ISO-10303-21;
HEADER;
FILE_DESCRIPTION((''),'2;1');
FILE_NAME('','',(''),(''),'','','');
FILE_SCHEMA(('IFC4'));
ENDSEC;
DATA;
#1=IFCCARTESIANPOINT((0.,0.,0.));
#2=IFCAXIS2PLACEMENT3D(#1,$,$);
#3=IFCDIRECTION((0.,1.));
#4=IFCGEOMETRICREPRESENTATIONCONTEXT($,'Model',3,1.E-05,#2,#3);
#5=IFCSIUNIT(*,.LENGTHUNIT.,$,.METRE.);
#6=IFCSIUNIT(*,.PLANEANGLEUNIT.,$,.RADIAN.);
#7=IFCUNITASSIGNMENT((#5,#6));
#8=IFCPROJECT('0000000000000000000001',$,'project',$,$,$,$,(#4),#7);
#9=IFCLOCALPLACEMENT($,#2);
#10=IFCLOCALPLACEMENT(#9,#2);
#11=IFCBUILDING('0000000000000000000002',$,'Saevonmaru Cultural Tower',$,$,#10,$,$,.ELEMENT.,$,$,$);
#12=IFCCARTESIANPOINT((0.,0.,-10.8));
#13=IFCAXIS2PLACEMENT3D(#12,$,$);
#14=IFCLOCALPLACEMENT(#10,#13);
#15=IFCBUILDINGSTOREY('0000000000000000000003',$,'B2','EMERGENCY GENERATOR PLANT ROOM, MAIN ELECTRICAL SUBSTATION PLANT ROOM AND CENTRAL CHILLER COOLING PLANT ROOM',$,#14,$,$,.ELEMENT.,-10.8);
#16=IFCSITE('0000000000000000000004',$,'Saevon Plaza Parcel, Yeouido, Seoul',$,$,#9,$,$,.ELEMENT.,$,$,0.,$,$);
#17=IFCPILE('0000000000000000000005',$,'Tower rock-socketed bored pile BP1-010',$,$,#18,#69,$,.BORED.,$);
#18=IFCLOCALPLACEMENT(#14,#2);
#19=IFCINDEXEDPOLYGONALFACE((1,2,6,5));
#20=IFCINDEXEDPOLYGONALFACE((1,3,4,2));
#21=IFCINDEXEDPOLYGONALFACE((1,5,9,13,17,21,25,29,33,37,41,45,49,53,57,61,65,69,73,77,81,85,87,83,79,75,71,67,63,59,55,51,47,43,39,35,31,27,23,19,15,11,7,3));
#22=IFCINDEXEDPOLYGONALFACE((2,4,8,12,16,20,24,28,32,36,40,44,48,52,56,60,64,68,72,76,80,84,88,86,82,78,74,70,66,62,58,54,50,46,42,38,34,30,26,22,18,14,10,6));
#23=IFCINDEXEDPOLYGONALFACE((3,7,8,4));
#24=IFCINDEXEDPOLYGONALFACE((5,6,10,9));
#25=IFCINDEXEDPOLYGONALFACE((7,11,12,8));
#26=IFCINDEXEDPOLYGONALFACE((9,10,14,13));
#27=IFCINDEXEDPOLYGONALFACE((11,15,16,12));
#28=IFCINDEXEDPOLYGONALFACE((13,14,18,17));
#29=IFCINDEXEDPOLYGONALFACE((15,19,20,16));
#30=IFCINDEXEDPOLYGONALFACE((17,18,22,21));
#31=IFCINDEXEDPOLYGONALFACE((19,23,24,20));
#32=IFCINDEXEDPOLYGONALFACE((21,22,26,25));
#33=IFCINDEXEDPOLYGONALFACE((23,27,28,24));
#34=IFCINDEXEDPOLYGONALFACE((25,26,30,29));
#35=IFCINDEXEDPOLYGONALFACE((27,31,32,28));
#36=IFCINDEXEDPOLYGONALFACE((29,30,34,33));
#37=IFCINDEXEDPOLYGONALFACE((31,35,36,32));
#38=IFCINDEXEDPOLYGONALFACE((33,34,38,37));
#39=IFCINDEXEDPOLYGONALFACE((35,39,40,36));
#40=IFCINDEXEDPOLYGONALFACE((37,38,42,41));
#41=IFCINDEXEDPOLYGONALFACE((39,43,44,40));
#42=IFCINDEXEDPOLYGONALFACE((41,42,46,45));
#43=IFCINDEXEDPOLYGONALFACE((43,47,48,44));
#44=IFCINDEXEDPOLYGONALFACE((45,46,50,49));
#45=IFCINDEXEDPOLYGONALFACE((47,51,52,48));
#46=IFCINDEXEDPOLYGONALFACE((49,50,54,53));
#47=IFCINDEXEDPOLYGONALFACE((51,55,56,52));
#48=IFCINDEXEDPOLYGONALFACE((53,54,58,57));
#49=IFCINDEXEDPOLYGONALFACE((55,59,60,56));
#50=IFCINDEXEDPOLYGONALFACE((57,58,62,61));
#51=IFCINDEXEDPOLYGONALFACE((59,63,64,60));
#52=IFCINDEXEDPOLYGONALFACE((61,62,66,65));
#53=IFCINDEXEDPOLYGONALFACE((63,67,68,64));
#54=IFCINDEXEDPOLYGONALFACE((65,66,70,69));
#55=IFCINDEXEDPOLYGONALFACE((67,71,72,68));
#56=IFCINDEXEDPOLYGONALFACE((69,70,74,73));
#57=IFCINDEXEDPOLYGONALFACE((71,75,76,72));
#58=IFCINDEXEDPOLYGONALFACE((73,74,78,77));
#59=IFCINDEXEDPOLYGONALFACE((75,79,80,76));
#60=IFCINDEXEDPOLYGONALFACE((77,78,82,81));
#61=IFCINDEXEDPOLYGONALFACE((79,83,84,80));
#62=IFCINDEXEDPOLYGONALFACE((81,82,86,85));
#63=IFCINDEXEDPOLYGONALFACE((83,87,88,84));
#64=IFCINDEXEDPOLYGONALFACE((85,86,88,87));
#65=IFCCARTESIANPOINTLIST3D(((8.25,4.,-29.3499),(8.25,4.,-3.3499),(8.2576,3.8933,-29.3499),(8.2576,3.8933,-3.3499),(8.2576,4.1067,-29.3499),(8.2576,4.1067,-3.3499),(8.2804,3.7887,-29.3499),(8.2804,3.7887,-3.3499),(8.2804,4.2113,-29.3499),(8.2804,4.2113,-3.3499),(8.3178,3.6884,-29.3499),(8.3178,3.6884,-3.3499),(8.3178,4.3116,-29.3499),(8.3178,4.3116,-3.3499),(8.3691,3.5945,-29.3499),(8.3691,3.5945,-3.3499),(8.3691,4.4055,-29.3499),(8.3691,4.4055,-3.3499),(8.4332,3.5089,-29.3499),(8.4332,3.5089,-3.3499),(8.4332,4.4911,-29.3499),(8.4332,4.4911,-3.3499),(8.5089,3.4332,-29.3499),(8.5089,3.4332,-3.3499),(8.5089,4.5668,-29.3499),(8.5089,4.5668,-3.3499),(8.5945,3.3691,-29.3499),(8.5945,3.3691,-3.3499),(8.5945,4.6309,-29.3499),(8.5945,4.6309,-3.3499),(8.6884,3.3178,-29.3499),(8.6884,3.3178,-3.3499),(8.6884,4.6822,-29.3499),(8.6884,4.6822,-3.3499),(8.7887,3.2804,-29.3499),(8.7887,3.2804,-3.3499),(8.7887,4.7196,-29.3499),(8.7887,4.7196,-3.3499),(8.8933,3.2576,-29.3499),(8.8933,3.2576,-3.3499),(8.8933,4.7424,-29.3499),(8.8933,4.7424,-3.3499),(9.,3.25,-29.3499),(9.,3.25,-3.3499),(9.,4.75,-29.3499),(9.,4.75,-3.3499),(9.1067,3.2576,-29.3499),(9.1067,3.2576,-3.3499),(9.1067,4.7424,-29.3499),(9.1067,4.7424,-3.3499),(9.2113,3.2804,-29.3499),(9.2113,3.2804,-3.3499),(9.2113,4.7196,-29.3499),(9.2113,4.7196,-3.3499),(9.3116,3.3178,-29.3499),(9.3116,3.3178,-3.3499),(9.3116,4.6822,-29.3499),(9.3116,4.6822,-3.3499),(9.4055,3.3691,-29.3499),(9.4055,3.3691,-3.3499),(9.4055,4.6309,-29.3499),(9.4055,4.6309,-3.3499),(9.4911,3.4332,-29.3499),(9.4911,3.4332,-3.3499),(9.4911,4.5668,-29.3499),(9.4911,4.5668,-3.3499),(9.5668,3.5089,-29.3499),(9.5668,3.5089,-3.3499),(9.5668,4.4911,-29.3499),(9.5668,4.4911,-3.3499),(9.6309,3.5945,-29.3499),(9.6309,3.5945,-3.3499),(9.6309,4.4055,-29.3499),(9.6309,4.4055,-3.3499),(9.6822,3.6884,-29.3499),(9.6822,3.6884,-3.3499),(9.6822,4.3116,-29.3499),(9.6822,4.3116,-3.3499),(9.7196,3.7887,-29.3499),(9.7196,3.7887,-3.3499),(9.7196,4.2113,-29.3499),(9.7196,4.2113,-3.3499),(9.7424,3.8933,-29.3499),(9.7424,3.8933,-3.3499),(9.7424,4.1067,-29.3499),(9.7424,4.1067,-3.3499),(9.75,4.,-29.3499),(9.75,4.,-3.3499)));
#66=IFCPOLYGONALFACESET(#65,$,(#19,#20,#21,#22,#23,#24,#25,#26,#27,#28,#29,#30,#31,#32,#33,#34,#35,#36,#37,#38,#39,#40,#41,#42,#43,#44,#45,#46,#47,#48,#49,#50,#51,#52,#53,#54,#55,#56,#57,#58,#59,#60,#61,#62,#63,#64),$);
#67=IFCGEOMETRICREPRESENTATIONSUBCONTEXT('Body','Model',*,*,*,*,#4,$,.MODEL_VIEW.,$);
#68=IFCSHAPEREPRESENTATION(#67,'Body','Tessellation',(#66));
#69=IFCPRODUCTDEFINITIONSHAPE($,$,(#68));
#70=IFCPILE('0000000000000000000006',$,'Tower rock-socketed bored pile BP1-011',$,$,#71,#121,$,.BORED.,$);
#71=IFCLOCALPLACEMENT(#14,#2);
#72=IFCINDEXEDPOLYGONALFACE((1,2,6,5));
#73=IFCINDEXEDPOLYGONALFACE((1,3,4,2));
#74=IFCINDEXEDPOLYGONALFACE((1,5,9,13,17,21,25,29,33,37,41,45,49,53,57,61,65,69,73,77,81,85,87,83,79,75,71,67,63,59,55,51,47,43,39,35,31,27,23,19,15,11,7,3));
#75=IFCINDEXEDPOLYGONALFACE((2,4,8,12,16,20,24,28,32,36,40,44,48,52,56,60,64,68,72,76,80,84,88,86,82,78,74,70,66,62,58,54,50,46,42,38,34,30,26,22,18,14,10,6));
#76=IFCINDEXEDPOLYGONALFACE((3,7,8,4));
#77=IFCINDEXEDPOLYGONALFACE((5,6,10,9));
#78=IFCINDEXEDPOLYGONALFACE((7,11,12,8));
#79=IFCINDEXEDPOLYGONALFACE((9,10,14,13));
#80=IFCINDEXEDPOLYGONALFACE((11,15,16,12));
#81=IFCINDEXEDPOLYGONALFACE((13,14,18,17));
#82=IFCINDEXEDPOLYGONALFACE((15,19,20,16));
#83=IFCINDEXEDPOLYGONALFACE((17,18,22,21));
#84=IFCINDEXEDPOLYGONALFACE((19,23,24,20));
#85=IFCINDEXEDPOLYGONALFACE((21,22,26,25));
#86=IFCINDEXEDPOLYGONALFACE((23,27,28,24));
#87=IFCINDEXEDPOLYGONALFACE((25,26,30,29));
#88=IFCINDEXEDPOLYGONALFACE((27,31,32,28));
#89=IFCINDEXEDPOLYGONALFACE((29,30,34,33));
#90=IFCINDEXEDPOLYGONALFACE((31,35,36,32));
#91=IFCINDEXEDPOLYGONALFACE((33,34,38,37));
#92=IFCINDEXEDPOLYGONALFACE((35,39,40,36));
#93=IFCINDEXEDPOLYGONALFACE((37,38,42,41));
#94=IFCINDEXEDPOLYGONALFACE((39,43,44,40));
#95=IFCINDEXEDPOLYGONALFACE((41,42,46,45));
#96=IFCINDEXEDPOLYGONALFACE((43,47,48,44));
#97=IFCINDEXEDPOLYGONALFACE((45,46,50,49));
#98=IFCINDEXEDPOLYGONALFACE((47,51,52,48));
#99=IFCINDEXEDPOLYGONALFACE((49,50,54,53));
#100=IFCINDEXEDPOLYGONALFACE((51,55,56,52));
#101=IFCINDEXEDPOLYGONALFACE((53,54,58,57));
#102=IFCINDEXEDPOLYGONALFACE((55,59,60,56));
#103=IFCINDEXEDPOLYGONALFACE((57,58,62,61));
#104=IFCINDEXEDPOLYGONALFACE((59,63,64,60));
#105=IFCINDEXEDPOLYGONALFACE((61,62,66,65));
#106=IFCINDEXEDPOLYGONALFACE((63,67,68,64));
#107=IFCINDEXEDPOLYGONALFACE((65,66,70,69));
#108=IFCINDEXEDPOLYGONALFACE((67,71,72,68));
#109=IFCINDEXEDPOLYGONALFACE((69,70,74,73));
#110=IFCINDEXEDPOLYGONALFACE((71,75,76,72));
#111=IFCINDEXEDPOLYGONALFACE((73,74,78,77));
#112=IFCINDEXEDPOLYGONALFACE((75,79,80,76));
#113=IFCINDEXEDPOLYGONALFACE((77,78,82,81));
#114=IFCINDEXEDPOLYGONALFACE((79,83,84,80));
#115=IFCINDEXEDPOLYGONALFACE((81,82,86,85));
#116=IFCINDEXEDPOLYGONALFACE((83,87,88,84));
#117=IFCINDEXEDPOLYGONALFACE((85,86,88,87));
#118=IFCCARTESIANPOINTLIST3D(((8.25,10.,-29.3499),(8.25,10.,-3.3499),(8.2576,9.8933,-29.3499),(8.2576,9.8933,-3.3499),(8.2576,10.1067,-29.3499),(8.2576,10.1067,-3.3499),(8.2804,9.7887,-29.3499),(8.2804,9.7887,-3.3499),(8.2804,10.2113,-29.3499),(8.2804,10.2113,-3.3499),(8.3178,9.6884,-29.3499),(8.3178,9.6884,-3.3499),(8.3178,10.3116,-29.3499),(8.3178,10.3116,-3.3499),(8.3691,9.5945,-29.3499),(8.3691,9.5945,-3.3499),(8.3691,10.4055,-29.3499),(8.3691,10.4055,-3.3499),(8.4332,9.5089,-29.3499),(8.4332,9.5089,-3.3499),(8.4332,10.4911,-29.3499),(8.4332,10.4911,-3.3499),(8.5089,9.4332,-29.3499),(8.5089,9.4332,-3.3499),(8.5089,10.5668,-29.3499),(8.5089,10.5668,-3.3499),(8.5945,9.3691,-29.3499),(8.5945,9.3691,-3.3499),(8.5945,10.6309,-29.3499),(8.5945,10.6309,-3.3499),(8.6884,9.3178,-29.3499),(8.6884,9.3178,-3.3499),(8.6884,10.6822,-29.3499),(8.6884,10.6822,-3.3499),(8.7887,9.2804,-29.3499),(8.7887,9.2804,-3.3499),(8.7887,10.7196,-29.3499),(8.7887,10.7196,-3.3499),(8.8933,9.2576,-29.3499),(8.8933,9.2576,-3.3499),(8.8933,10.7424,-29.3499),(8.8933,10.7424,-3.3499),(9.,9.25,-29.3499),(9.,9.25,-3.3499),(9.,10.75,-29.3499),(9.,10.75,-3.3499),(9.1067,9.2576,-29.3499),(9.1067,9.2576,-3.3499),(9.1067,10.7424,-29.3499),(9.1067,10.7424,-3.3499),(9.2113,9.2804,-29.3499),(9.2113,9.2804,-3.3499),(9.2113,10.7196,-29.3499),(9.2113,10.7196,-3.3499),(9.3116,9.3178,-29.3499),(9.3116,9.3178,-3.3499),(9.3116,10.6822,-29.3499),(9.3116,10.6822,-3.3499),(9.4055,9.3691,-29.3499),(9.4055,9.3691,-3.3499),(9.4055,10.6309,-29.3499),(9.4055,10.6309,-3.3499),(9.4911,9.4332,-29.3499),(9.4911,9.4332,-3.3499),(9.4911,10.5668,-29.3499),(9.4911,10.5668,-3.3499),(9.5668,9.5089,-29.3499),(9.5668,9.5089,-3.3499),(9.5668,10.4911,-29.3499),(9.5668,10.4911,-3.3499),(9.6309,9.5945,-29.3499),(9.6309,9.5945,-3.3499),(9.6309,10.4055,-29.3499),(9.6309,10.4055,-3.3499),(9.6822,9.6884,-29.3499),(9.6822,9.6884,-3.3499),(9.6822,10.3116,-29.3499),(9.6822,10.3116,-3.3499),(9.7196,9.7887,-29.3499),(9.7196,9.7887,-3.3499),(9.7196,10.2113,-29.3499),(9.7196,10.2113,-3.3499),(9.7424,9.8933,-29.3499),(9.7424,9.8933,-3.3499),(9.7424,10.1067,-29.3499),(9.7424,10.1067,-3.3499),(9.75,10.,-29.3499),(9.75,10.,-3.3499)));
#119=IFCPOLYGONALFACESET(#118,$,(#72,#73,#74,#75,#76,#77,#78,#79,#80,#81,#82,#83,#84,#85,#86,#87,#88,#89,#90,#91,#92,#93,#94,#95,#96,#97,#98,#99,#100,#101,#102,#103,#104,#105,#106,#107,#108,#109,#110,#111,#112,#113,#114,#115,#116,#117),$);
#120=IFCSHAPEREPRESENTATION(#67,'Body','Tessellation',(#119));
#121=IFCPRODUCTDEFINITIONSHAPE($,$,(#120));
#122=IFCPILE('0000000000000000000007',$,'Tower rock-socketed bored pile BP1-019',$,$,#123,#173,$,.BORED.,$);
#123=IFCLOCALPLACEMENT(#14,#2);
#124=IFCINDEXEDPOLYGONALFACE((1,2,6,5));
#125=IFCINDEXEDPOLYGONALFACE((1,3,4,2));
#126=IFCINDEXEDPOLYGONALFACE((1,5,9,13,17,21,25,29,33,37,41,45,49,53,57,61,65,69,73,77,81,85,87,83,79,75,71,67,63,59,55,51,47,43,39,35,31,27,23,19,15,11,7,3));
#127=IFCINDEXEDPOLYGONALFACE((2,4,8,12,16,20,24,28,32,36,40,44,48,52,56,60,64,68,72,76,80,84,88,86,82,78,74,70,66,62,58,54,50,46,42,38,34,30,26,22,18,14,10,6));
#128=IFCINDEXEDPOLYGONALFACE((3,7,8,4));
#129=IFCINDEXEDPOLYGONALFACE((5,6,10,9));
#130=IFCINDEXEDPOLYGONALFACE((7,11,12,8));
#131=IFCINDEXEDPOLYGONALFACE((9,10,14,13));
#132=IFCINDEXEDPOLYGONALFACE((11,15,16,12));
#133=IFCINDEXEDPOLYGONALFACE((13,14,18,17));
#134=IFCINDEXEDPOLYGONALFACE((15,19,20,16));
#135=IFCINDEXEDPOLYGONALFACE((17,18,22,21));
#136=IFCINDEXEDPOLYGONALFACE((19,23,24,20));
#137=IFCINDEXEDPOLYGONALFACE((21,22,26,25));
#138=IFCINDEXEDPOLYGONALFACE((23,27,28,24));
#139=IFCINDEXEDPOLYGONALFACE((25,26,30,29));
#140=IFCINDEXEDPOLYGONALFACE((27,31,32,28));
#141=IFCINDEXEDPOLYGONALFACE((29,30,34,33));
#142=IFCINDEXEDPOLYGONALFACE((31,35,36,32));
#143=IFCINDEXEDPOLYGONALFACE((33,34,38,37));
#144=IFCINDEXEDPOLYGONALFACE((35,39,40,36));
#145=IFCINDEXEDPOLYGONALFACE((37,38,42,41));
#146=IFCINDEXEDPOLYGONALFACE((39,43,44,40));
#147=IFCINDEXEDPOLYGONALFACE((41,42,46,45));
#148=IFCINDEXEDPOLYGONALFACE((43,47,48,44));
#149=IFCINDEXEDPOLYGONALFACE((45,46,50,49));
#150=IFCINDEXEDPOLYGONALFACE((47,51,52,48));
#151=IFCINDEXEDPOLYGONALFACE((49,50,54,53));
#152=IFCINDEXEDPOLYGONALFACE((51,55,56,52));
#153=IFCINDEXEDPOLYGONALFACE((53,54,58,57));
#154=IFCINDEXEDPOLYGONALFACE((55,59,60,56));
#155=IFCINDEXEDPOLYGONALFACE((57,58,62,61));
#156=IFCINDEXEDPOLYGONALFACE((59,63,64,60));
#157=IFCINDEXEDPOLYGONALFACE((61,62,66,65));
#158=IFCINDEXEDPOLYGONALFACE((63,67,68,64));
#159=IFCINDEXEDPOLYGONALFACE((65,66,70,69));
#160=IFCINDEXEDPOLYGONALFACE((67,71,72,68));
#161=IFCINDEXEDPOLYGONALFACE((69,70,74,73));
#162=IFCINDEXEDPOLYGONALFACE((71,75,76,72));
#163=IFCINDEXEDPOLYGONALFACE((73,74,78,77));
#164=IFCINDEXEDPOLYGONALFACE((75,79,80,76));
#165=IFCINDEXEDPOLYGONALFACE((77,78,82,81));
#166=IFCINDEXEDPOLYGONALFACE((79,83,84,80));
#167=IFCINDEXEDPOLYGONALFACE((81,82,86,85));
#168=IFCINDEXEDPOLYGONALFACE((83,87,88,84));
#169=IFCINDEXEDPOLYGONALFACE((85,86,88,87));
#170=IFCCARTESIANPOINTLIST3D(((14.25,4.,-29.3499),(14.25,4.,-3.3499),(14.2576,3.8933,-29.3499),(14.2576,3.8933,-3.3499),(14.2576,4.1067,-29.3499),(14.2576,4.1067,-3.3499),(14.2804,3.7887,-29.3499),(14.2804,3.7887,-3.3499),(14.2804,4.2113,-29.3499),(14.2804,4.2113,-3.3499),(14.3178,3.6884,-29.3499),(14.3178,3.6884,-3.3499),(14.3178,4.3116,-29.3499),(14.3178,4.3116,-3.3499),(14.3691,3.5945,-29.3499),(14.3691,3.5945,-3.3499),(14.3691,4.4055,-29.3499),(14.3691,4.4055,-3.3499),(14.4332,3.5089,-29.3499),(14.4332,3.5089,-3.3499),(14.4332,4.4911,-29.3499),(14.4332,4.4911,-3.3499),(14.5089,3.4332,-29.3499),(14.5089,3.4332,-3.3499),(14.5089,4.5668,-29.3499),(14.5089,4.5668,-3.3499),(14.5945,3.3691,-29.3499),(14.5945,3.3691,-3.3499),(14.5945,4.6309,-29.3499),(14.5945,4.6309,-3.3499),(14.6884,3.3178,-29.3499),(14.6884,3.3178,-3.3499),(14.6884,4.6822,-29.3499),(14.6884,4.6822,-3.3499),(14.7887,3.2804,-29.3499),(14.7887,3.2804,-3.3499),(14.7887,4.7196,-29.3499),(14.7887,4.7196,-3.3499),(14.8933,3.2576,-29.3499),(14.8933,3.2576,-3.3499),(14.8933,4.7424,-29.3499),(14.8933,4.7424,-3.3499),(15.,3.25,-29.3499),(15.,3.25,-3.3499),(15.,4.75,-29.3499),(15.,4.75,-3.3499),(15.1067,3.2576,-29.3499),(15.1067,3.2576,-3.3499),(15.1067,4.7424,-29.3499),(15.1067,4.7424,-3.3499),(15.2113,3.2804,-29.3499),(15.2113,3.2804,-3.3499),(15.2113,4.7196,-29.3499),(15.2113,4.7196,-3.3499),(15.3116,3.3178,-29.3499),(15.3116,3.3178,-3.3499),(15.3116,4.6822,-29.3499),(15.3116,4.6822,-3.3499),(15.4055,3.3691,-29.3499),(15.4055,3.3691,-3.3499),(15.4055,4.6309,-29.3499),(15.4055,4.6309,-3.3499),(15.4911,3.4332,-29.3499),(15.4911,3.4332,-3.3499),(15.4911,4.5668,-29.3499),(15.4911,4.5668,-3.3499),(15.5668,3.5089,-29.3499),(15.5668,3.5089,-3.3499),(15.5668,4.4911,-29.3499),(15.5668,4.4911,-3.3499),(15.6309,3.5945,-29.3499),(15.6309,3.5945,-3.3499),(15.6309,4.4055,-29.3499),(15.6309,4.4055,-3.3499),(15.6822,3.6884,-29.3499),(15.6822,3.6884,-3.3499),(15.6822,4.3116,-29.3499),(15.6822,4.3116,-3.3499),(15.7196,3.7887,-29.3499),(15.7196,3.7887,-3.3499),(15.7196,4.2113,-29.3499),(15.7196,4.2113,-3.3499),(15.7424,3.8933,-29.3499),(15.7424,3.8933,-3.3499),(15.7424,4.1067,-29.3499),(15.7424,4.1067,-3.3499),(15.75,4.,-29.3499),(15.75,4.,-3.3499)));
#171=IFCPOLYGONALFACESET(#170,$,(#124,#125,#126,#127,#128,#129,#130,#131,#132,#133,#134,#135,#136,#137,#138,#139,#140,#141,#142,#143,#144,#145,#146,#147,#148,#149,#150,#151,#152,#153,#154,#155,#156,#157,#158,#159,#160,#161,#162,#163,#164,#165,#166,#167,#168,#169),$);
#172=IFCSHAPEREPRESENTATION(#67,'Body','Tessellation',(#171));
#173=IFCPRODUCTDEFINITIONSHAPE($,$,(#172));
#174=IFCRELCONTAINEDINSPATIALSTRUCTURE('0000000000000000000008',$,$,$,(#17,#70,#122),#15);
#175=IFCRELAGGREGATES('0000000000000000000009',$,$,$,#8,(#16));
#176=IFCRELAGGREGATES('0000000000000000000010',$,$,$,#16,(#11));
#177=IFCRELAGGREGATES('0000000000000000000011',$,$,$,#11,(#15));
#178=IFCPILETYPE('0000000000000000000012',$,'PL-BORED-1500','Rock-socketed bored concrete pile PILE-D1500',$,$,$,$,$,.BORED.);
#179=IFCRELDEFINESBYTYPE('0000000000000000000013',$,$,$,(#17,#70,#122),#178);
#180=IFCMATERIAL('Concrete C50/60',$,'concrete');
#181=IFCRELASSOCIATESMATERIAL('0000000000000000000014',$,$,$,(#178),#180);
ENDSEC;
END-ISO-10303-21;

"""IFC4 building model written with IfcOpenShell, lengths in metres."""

from ifc_helpers import new_model, si_unit, direction, frame, origin, origin_2d, place, context, subcontext, project, spatial, circle, extrude, material, material_profile, profile_set, type_object, element, save


model = new_model("IFC4")

# Units and contexts
model_context = context("Model", 3, precision=1e-05, world=origin(), true_north=direction((0.0, 1.0)))
body_context = subcontext(model_context, "Body", "Model", "MODEL_VIEW")
ifc_project = project(units=[si_unit("LENGTHUNIT", "METRE"), si_unit("PLANEANGLEUNIT", "RADIAN")], contexts=[model_context])

# Site, building, storey
site_placement = place(None, origin())
site = spatial("IfcSite", under=ifc_project, at=site_placement, Name="Saevon Plaza Parcel, Yeouido, Seoul", CompositionType="ELEMENT", RefElevation=0.0)
building_placement = place(site_placement, origin())
building = spatial("IfcBuilding", under=site, at=building_placement, Name="Saevonmaru Cultural Tower", CompositionType="ELEMENT")
storey_placement = place(building_placement, frame((0.0, 0.0, -10.8)))
storey = spatial("IfcBuildingStorey", under=building, at=storey_placement, Name="B2", Description="EMERGENCY GENERATOR PLANT ROOM, MAIN ELECTRICAL SUBSTATION PLANT ROOM AND CENTRAL CHILLER COOLING PLANT ROOM", CompositionType="ELEMENT", Elevation=-10.8)

# Piles
ifc_material_1 = material(Name="Concrete C50/60", Category="concrete")
ifc_material_profile_1 = material_profile(ifc_material_1, circle(Radius=0.75, at=origin_2d()), Name="PILE-D1500")
ifc_profile_set_1 = profile_set([ifc_material_profile_1], Name="Concrete C50/60")
pile_type = type_object("IfcPileType", Name="PL-BORED-1500", Description="Rock-socketed bored concrete pile PILE-D1500", PredefinedType="BORED", material=ifc_profile_set_1)
for number, where, z_axis, x_axis, name in (
    (1, (9.0, 4.0, -3.3499), (0.0, 0.0, -1.0), (1.0, 0.0, 0.0), "Tower rock-socketed bored pile BP1-010"),
    (2, (9.0, 10.0, -3.3499), (0.0, 0.0, -1.0), (1.0, 0.0, 0.0), "Tower rock-socketed bored pile BP1-011"),
    (3, (15.0, 4.0, -3.3499), (0.0, 0.0, -1.0), (1.0, 0.0, 0.0), "Tower rock-socketed bored pile BP1-019"),
):
    element("IfcPile", number, at=place(storey_placement, frame(where, z_axis=z_axis, x_axis=x_axis)), inside=storey, type_object=pile_type, Name=name, PredefinedType="BORED", context=body_context, shape_type="SweptSolid", body=[
        extrude(circle(Radius=0.75, at=origin_2d()), origin(), (0.0, 0.0, 1.0), 26.0),
    ])

save(model, "model.ifc")
